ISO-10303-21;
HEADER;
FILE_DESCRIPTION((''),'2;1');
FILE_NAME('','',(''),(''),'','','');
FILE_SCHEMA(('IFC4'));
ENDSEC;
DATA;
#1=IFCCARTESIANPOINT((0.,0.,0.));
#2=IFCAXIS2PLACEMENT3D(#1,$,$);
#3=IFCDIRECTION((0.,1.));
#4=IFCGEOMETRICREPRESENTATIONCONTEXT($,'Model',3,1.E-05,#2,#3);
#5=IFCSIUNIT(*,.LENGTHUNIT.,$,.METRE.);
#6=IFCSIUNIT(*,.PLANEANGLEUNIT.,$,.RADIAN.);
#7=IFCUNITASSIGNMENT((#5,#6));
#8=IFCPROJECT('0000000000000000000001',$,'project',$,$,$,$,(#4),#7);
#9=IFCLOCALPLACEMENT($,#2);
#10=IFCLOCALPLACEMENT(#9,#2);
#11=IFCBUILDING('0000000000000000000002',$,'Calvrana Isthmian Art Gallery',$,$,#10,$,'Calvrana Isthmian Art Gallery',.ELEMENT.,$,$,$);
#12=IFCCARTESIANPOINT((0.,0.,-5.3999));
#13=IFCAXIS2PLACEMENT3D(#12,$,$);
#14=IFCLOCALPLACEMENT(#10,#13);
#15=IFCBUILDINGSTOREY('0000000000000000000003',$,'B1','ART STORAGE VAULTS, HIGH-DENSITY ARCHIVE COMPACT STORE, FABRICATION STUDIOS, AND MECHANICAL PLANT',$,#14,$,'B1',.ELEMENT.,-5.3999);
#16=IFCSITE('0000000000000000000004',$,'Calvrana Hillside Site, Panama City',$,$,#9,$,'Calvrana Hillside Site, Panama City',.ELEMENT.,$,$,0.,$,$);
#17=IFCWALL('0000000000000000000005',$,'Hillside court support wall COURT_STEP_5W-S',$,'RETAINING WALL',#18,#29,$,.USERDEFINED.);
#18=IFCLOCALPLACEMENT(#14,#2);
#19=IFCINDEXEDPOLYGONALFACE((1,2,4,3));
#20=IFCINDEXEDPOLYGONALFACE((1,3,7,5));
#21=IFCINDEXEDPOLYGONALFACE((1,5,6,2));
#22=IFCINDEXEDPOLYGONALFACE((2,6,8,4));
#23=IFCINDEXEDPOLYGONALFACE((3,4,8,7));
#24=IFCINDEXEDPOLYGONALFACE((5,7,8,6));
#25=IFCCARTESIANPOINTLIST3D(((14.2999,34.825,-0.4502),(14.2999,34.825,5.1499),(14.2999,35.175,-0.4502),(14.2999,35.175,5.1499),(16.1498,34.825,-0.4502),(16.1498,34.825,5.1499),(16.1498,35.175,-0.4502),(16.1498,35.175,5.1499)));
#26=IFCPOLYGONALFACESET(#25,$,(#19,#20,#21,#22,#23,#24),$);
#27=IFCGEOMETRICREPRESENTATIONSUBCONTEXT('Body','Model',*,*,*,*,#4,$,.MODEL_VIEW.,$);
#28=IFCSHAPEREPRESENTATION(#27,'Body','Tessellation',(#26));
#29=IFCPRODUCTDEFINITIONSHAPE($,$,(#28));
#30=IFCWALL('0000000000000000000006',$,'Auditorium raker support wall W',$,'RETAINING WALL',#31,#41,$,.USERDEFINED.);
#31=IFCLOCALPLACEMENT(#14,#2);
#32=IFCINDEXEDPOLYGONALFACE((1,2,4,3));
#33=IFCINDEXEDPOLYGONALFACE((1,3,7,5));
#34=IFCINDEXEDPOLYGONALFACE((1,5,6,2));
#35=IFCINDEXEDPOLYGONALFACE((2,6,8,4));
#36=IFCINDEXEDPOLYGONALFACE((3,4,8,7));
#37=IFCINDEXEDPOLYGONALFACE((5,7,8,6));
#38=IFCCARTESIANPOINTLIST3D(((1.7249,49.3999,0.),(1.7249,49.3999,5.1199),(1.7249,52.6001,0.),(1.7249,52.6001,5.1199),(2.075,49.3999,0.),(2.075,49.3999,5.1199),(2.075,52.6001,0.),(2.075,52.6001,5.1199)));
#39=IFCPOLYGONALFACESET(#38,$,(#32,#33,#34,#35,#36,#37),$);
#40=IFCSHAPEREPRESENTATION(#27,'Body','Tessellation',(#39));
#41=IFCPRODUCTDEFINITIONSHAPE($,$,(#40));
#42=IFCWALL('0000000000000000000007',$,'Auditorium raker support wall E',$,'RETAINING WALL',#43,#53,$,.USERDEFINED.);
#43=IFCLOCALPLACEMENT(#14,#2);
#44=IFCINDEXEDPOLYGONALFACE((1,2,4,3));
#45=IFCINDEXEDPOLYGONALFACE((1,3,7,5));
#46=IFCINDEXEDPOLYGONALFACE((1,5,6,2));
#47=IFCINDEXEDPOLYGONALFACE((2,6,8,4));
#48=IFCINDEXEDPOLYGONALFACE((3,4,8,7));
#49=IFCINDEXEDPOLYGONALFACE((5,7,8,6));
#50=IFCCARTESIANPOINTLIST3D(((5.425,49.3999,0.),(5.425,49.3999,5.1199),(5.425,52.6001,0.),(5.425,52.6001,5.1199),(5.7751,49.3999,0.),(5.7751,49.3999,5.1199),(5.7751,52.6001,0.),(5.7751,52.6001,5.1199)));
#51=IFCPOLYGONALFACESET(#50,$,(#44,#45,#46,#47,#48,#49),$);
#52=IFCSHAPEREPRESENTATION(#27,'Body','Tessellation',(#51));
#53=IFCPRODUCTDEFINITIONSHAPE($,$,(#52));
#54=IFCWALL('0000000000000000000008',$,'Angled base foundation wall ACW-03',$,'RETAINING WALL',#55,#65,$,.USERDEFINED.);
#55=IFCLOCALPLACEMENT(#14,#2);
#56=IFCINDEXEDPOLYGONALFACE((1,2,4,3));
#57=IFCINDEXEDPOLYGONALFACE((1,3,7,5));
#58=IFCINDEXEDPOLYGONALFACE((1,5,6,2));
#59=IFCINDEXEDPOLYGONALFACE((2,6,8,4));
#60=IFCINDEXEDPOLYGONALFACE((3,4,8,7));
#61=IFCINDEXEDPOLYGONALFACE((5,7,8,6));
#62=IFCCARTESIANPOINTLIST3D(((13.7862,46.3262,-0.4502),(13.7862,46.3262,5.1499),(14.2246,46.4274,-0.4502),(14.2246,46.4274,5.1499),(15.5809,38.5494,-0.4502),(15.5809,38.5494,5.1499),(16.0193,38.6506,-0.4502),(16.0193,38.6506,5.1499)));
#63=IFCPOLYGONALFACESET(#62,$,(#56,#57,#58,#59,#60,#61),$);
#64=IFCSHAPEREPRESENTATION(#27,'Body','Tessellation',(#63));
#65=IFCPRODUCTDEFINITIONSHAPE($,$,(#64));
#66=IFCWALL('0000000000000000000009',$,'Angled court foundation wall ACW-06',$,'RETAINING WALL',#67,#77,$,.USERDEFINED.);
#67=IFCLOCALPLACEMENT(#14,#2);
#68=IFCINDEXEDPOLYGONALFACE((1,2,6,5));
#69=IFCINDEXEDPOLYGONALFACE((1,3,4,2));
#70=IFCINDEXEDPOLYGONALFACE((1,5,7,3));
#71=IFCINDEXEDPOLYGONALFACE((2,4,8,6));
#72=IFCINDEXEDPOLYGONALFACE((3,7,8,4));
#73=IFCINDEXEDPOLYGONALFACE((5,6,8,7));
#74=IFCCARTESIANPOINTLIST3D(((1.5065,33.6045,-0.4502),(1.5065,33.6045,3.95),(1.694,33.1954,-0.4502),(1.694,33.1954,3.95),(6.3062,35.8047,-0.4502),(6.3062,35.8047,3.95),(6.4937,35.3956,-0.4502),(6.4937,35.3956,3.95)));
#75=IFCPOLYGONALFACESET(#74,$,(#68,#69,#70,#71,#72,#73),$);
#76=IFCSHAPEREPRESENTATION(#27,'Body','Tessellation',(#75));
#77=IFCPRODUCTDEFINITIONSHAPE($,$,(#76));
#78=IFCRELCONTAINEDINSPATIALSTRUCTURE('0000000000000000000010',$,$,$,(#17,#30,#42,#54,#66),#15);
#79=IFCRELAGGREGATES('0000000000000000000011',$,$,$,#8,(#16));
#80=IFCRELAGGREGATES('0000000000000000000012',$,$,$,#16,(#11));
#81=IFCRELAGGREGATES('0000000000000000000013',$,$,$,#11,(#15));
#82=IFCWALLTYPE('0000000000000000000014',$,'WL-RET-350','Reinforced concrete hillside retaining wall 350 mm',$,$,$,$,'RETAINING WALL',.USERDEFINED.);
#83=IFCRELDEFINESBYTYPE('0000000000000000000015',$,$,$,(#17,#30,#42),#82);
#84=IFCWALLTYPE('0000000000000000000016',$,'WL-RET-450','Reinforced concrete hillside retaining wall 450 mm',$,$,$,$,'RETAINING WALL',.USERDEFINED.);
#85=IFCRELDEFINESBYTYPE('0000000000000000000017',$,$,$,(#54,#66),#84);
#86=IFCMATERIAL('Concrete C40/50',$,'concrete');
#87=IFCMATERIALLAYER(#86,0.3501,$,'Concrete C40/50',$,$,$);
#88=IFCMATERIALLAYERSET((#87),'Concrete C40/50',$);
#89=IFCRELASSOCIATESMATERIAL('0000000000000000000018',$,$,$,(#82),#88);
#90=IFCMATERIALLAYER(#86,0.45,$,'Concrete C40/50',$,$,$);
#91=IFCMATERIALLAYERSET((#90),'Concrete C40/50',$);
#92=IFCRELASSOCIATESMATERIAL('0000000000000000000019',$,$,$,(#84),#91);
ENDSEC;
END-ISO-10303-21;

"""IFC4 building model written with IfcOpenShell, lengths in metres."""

from ifc_helpers import new_model, si_unit, direction, frame, frame_2d, origin, place, context, subcontext, project, spatial, rectangle, extrude, material, layer, layer_set, type_object, element, save


model = new_model("IFC4")

# Units and contexts
model_context = context("Model", 3, precision=1e-05, world=origin(), true_north=direction((0.0, 1.0)))
body_context = subcontext(model_context, "Body", "Model", "MODEL_VIEW")
ifc_project = project(units=[si_unit("LENGTHUNIT", "METRE"), si_unit("PLANEANGLEUNIT", "RADIAN")], contexts=[model_context])

# Site, building, storey
site_placement = place(None, origin())
site = spatial("IfcSite", under=ifc_project, at=site_placement, Name="Calvrana Hillside Site, Panama City", LongName="Calvrana Hillside Site, Panama City", CompositionType="ELEMENT", RefElevation=0.0)
building_placement = place(site_placement, origin())
building = spatial("IfcBuilding", under=site, at=building_placement, Name="Calvrana Isthmian Art Gallery", LongName="Calvrana Isthmian Art Gallery", CompositionType="ELEMENT")
storey_placement = place(building_placement, frame((0.0, 0.0, -5.3999)))
storey = spatial("IfcBuildingStorey", under=building, at=storey_placement, Name="B1", Description="ART STORAGE VAULTS, HIGH-DENSITY ARCHIVE COMPACT STORE, FABRICATION STUDIOS, AND MECHANICAL PLANT", LongName="B1", CompositionType="ELEMENT", Elevation=-5.3999)

# Walls
ifc_material_1 = material(Name="Concrete C40/50", Category="concrete")
ifc_layer_1 = layer(ifc_material_1, 0.3501, Name="Concrete C40/50")
ifc_layer_set_1 = layer_set([ifc_layer_1], Name="Concrete C40/50")
wall_type_1 = type_object("IfcWallType", Name="WL-RET-350", Description="Reinforced concrete hillside retaining wall 350 mm", ElementType="RETAINING WALL", PredefinedType="USERDEFINED", material=ifc_layer_set_1)
wall_1_placement = place(storey_placement, frame((14.3, 35.0, -0.4502), z_axis=(0.0, 0.0, 1.0), x_axis=(1.0, 0.0, 0.0)))
element("IfcWall", 1, at=wall_1_placement, inside=storey, type_object=wall_type_1, Name="Hillside court support wall COURT_STEP_5W-S", ObjectType="RETAINING WALL", PredefinedType="USERDEFINED", context=body_context, shape_type="SweptSolid", body=[
    extrude(rectangle(XDim=1.8499, YDim=0.3501, at=frame_2d((0.9248, 0.0))), origin(), (0.0, 0.0, 1.0), 5.6001),
])
for number, where, z_axis, x_axis, name in (
    (2, (1.8999, 49.3999, 0.0), (0.0, 0.0, 1.0), (0.0, 1.0, 0.0), "Auditorium raker support wall W"),
    (3, (5.6001, 49.3999, 0.0), (0.0, 0.0, 1.0), (0.0, 1.0, 0.0), "Auditorium raker support wall E"),
):
    element("IfcWall", number, at=place(storey_placement, frame(where, z_axis=z_axis, x_axis=x_axis)), inside=storey, type_object=wall_type_1, Name=name, ObjectType="RETAINING WALL", PredefinedType="USERDEFINED", context=body_context, shape_type="SweptSolid", body=[
        extrude(rectangle(XDim=3.2002, YDim=0.3501, at=frame_2d((1.6001, 0.0))), origin(), (0.0, 0.0, 1.0), 5.1199),
    ])
ifc_layer_2 = layer(ifc_material_1, 0.45, Name="Concrete C40/50")
ifc_layer_set_2 = layer_set([ifc_layer_2], Name="Concrete C40/50")
wall_type_2 = type_object("IfcWallType", Name="WL-RET-450", Description="Reinforced concrete hillside retaining wall 450 mm", ElementType="RETAINING WALL", PredefinedType="USERDEFINED", material=ifc_layer_set_2)
wall_2_placement = place(storey_placement, frame((14.0054, 46.377, -0.4502), z_axis=(0.0, 0.0, 1.0), x_axis=(0.224862, -0.974391, 0.0)))
element("IfcWall", 4, at=wall_2_placement, inside=storey, type_object=wall_type_2, Name="Angled base foundation wall ACW-03", ObjectType="RETAINING WALL", PredefinedType="USERDEFINED", context=body_context, shape_type="SweptSolid", body=[
    extrude(rectangle(XDim=7.9812, YDim=0.45, at=frame_2d((3.9907, 0.0))), origin(), (0.0, 0.0, 1.0), 5.6001),
])
wall_3_placement = place(storey_placement, frame((1.6001, 33.3999, -0.4502), z_axis=(0.0, 0.0, 1.0), x_axis=(0.909044, 0.416699, 0.0)))
element("IfcWall", 5, at=wall_3_placement, inside=storey, type_object=wall_type_2, Name="Angled court foundation wall ACW-06", ObjectType="RETAINING WALL", PredefinedType="USERDEFINED", context=body_context, shape_type="SweptSolid", body=[
    extrude(rectangle(XDim=5.28, YDim=0.45, at=frame_2d((2.6401, 0.0))), origin(), (0.0, 0.0, 1.0), 4.4001),
])

save(model, "model.ifc")
